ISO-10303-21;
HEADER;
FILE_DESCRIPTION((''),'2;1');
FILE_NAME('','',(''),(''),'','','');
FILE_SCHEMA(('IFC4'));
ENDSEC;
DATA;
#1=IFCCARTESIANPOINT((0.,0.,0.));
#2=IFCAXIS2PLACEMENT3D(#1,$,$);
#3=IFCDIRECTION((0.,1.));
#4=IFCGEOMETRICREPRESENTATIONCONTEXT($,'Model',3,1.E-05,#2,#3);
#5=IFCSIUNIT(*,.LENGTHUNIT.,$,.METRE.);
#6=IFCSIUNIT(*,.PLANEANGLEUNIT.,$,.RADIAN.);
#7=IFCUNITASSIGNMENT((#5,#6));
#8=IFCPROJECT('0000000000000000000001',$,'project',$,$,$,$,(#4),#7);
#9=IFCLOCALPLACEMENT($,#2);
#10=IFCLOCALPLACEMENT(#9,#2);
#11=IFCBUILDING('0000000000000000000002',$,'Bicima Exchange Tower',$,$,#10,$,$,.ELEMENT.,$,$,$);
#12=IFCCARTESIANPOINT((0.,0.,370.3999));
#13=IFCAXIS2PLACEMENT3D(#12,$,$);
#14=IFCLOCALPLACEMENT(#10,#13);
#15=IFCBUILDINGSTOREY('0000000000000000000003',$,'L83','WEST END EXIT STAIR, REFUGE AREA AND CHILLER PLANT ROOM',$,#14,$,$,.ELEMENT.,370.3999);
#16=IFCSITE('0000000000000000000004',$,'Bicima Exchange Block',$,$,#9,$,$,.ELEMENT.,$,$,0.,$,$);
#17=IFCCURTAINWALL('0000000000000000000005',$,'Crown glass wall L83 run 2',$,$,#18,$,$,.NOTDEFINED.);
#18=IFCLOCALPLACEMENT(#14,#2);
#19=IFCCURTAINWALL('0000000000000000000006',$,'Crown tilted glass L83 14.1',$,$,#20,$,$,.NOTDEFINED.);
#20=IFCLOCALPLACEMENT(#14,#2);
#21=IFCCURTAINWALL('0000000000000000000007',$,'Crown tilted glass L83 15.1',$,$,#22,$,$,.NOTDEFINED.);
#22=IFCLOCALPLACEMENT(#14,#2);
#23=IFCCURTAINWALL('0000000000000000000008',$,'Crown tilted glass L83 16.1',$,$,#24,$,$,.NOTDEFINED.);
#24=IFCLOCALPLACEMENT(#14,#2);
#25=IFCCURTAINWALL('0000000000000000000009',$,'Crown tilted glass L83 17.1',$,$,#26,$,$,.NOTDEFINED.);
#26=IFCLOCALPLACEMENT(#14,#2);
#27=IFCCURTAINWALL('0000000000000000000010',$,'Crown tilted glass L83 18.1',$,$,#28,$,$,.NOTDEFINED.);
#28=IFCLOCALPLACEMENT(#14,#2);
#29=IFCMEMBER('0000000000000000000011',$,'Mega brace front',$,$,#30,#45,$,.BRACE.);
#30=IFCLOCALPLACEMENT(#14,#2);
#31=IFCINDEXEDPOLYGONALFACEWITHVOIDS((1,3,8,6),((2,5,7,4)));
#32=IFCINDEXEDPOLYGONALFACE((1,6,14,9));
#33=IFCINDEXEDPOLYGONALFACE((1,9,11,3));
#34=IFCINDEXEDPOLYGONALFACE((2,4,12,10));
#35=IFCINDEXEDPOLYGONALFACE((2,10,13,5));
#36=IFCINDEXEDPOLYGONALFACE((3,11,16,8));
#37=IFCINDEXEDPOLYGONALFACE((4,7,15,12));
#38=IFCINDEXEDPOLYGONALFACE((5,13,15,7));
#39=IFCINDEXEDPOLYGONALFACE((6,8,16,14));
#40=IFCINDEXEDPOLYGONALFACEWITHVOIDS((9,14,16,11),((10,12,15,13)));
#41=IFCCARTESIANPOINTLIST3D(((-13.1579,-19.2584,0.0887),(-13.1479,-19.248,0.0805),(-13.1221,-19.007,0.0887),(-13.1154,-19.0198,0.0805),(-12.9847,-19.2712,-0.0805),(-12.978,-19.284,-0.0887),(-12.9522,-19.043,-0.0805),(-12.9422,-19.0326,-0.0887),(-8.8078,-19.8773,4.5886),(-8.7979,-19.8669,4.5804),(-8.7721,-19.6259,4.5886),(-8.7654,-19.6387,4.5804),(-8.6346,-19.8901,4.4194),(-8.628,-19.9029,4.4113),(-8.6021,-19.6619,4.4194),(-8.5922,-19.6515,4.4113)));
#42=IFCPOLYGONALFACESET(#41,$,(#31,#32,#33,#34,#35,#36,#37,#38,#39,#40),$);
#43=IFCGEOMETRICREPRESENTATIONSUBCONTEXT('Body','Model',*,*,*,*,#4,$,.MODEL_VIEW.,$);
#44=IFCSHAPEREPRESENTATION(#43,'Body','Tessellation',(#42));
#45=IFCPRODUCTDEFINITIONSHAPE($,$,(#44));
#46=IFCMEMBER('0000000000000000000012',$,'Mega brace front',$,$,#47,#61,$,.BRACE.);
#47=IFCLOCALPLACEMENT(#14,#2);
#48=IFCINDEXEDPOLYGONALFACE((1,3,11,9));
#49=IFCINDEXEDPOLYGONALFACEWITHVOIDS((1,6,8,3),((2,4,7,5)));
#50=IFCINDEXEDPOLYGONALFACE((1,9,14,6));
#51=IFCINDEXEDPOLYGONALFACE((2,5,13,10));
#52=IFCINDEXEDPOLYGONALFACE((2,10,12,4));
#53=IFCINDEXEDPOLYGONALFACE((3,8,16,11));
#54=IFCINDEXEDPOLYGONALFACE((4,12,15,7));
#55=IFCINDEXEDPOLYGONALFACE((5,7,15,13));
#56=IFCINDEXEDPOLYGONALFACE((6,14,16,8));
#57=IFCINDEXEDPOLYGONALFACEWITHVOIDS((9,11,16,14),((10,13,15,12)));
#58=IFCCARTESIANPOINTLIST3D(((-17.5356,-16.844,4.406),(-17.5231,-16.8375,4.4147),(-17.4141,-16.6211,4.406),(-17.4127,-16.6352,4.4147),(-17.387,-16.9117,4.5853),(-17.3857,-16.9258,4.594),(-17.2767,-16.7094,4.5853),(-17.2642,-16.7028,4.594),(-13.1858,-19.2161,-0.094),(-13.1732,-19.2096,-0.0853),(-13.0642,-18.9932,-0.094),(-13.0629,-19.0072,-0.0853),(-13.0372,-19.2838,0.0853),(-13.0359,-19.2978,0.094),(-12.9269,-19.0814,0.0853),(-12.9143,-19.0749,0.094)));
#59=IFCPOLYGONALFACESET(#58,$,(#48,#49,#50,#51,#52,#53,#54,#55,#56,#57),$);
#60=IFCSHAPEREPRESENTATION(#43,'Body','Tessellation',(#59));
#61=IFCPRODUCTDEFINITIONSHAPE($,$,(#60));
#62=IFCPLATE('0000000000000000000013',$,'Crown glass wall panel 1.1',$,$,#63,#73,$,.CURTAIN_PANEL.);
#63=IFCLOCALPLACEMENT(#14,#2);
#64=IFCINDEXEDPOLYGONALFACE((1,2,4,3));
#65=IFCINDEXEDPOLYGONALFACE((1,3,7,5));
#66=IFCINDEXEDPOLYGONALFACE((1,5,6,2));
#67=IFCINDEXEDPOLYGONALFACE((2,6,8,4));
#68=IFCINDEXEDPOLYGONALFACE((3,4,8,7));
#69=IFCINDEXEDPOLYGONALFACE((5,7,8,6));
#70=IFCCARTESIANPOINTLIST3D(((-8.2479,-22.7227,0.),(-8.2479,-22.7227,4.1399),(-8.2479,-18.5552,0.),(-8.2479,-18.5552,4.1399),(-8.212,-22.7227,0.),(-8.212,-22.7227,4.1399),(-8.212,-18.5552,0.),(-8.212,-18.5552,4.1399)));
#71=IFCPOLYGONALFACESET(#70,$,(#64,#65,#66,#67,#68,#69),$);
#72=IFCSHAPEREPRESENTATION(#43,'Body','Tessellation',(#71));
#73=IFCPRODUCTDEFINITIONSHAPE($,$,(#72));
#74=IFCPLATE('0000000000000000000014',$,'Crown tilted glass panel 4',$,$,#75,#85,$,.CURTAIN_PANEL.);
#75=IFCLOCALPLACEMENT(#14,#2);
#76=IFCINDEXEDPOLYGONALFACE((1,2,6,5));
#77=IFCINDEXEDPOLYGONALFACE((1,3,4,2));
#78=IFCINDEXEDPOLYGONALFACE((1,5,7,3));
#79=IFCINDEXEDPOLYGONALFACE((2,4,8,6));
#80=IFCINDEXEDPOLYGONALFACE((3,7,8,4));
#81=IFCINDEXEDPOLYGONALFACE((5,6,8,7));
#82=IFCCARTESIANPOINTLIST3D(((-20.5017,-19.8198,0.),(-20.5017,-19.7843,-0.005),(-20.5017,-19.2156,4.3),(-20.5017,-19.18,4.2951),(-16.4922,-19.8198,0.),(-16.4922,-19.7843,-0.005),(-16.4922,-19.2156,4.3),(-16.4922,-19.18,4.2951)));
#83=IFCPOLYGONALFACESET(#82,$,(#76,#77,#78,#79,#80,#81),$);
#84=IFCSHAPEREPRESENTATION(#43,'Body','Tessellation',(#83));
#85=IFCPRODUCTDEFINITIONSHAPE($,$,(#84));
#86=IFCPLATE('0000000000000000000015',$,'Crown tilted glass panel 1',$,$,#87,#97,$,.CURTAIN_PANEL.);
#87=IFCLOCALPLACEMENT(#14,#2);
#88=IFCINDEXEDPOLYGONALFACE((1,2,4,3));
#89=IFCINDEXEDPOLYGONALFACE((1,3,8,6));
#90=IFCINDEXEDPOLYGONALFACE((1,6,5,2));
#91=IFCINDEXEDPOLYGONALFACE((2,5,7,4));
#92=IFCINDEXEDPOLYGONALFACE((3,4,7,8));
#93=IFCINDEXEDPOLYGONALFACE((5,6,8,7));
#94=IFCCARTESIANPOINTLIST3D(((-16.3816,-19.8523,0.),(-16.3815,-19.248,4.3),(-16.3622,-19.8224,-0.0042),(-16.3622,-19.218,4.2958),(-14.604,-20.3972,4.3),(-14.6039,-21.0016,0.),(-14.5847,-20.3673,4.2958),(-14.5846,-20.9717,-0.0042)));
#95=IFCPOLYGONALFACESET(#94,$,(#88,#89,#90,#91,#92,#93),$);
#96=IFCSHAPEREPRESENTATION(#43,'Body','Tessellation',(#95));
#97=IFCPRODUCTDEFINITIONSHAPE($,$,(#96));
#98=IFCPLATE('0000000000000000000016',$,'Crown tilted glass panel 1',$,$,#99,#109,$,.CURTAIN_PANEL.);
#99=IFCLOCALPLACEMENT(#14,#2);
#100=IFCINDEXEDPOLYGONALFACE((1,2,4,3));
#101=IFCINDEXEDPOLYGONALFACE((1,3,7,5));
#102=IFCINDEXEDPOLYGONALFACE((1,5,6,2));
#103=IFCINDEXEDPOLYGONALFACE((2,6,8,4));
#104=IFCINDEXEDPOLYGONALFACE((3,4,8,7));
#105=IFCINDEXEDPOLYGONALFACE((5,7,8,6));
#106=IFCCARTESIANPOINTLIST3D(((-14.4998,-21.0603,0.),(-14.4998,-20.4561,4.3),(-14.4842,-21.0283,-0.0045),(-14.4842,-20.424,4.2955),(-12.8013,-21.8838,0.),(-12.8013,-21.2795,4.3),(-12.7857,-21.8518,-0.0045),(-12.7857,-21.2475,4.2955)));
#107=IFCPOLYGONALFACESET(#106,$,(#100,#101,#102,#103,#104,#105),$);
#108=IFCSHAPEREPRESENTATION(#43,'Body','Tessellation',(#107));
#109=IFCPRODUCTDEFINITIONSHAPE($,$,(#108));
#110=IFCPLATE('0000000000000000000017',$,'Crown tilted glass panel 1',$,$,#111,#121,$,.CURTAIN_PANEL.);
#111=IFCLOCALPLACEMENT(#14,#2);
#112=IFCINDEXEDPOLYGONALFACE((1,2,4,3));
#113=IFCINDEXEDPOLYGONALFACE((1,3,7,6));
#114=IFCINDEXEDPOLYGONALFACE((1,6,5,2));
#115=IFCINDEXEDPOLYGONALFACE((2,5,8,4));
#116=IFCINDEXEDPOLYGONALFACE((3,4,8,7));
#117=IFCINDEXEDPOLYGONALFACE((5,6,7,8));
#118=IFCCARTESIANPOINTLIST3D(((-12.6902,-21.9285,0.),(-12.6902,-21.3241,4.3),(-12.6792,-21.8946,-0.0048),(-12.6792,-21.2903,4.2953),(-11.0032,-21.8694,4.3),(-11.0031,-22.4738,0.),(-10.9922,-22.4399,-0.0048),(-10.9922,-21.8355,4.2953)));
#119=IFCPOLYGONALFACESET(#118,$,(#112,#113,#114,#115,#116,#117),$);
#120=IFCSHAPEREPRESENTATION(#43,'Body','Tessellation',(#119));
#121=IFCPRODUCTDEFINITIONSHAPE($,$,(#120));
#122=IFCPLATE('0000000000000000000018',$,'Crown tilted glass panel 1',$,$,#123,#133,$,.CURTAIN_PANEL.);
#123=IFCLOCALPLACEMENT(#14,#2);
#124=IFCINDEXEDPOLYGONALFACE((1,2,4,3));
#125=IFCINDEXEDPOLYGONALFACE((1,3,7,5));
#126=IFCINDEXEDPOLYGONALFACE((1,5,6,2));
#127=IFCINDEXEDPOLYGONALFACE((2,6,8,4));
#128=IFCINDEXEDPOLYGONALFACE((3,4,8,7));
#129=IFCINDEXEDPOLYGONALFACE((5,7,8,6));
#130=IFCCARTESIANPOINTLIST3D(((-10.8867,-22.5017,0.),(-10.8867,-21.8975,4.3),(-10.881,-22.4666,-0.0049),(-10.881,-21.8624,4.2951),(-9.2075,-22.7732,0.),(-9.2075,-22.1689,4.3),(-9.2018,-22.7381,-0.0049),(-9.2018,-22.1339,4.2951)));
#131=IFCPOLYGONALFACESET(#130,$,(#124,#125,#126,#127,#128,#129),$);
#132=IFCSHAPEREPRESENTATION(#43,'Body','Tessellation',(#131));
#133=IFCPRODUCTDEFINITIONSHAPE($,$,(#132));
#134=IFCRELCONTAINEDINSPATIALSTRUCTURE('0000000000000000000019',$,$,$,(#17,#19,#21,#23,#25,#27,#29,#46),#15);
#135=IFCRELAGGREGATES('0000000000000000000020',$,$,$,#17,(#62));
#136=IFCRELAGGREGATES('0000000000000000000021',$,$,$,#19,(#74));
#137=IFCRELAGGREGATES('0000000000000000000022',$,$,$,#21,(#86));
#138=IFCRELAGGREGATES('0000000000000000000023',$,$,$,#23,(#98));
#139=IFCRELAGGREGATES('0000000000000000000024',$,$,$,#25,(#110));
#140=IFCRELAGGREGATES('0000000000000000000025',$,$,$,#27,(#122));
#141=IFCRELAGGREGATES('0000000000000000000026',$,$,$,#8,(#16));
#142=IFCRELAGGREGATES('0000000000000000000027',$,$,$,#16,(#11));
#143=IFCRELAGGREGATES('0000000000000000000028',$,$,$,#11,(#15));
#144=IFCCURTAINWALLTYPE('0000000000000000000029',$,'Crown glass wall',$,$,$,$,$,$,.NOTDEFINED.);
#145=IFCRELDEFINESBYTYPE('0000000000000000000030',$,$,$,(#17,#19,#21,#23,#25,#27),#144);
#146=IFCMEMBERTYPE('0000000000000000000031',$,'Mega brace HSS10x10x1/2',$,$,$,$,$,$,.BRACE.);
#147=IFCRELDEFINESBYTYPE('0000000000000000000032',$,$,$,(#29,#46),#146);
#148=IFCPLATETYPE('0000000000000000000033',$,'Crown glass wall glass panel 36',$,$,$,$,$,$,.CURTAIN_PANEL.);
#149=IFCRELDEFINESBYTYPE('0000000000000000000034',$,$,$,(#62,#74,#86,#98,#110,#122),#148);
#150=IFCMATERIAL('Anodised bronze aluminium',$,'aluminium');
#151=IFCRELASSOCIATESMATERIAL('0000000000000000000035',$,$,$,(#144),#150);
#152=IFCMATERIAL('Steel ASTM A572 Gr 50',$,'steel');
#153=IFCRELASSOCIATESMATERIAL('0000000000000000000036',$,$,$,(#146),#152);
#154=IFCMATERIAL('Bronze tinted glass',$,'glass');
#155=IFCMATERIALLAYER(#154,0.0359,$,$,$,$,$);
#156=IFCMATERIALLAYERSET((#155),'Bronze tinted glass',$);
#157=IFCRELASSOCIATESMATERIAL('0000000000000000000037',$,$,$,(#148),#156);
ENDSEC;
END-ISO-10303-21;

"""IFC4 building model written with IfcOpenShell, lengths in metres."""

from ifc_helpers import new_model, si_unit, direction, frame, origin, origin_2d, place, context, subcontext, project, spatial, polyline, rectangle, hollow_rectangle, outline, extrude, material, layer, layer_set, material_profile, profile_set, type_object, element, aggregate, save


model = new_model("IFC4")

# Units and contexts
model_context = context("Model", 3, precision=1e-05, world=origin(), true_north=direction((0.0, 1.0)))
body_context = subcontext(model_context, "Body", "Model", "MODEL_VIEW")
ifc_project = project(units=[si_unit("LENGTHUNIT", "METRE"), si_unit("PLANEANGLEUNIT", "RADIAN")], contexts=[model_context])

# Site, building, storey
site_placement = place(None, origin())
site = spatial("IfcSite", under=ifc_project, at=site_placement, Name="Bicima Exchange Block", CompositionType="ELEMENT", RefElevation=0.0)
building_placement = place(site_placement, origin())
building = spatial("IfcBuilding", under=site, at=building_placement, Name="Bicima Exchange Tower", CompositionType="ELEMENT")
storey_placement = place(building_placement, frame((0.0, 0.0, 370.3999)))
storey = spatial("IfcBuildingStorey", under=building, at=storey_placement, Name="L83", Description="WEST END EXIT STAIR, REFUGE AREA AND CHILLER PLANT ROOM", CompositionType="ELEMENT", Elevation=370.3999)

# Curtain wall
ifc_material_1 = material(Name="Anodised bronze aluminium", Category="aluminium")
curtain_wall_type = type_object("IfcCurtainWallType", Name="Crown glass wall", PredefinedType="NOTDEFINED", material=ifc_material_1)
curtain_wall_1_placement = place(storey_placement, origin())
curtain_wall_1 = element("IfcCurtainWall", 1, at=curtain_wall_1_placement, inside=storey, type_object=curtain_wall_type, Name="Crown glass wall L83 run 2", PredefinedType="NOTDEFINED")

# Curtain walls
curtain_wall_2_placement = place(storey_placement, origin())
curtain_wall_2 = element("IfcCurtainWall", 2, at=curtain_wall_2_placement, inside=storey, type_object=curtain_wall_type, Name="Crown tilted glass L83 14.1", PredefinedType="NOTDEFINED")
curtain_wall_3_placement = place(storey_placement, origin())
curtain_wall_3 = element("IfcCurtainWall", 3, at=curtain_wall_3_placement, inside=storey, type_object=curtain_wall_type, Name="Crown tilted glass L83 15.1", PredefinedType="NOTDEFINED")
curtain_wall_4_placement = place(storey_placement, origin())
curtain_wall_4 = element("IfcCurtainWall", 4, at=curtain_wall_4_placement, inside=storey, type_object=curtain_wall_type, Name="Crown tilted glass L83 16.1", PredefinedType="NOTDEFINED")
curtain_wall_5_placement = place(storey_placement, origin())
curtain_wall_5 = element("IfcCurtainWall", 5, at=curtain_wall_5_placement, inside=storey, type_object=curtain_wall_type, Name="Crown tilted glass L83 17.1", PredefinedType="NOTDEFINED")
curtain_wall_6_placement = place(storey_placement, origin())
curtain_wall_6 = element("IfcCurtainWall", 6, at=curtain_wall_6_placement, inside=storey, type_object=curtain_wall_type, Name="Crown tilted glass L83 18.1", PredefinedType="NOTDEFINED")

# Members
ifc_material_2 = material(Name="Steel ASTM A572 Gr 50", Category="steel")
ifc_material_profile_1 = material_profile(ifc_material_2, hollow_rectangle(XDim=0.2539, YDim=0.2539, WallThickness=0.0117, at=origin_2d()))
ifc_profile_set_1 = profile_set([ifc_material_profile_1], Name="Steel ASTM A572 Gr 50")
member_type_1 = type_object("IfcMemberType", Name="Mega brace HSS10x10x1/2", PredefinedType="BRACE", material=ifc_profile_set_1)
member_1_placement = place(storey_placement, frame((-13.05, -19.1455, 0.0), z_axis=(0.691657, -0.098403, 0.715491), x_axis=(0.140853, 0.99003, 0.0)))
element("IfcMember", 7, at=member_1_placement, inside=storey, type_object=member_type_1, Name="Mega brace front", PredefinedType="BRACE", context=body_context, shape_type="SweptSolid", body=[
    extrude(hollow_rectangle(XDim=0.2539, YDim=0.2539, WallThickness=0.0117, at=origin_2d()), origin(), (0.0, 0.0, 1.0), 6.2893),
])
member_2_placement = place(storey_placement, frame((-13.05, -19.1455, 0.0), z_axis=(-0.649899, 0.354404, 0.672332), x_axis=(-0.478762, -0.877945, 0.0)))
element("IfcMember", 8, at=member_2_placement, inside=storey, type_object=member_type_1, Name="Mega brace front", PredefinedType="BRACE", context=body_context, shape_type="SweptSolid", body=[
    extrude(hollow_rectangle(XDim=0.2539, YDim=0.2539, WallThickness=0.0117, at=origin_2d()), origin(), (0.0, 0.0, 1.0), 6.6931),
])

# Plates
ifc_material_3 = material(Name="Bronze tinted glass", Category="glass")
ifc_layer = layer(ifc_material_3, 0.0359)
ifc_layer_set = layer_set([ifc_layer], Name="Bronze tinted glass")
plate_type = type_object("IfcPlateType", Name="Crown glass wall glass panel 36", PredefinedType="CURTAIN_PANEL", material=ifc_layer_set)
plate_1_placement = place(storey_placement, frame((-8.23, -20.6389, 0.0), z_axis=(0.0, 0.0, 1.0), x_axis=(0.0, 1.0, 0.0)))
plate_1 = element("IfcPlate", 9, at=plate_1_placement, type_object=plate_type, Name="Crown glass wall panel 1.1", PredefinedType="CURTAIN_PANEL", context=body_context, shape_type="SweptSolid", body=[
    extrude(rectangle(XDim=4.1675, YDim=0.0359, at=origin_2d()), origin(), (0.0, 0.0, 1.0), 4.1399),
])
aggregate(curtain_wall_1, [plate_1])
plate_2_placement = place(storey_placement, frame((-20.5017, -19.8198, 0.0), z_axis=(0.0, -0.990271, 0.139154), x_axis=(1.0, 0.0, 0.0)))
plate_2 = element("IfcPlate", 10, at=plate_2_placement, type_object=plate_type, Name="Crown tilted glass panel 4", PredefinedType="CURTAIN_PANEL", context=body_context, shape_type="SweptSolid", body=[
    extrude(outline(polyline([(0.0, 0.0), (4.0095, 0.0), (4.0095, 4.3423), (0.0, 4.3423), (0.0, 0.0)])), origin(), (0.0, 0.0, -1.0), 0.0359),
])
aggregate(curtain_wall_2, [plate_2])
plate_3_placement = place(storey_placement, frame((-16.3816, -19.8523, 0.0), z_axis=(-0.539205, -0.833978, 0.117215), x_axis=(0.839766, -0.542948, -0.000006)))
plate_3 = element("IfcPlate", 11, at=plate_3_placement, type_object=plate_type, Name="Crown tilted glass panel 1", PredefinedType="CURTAIN_PANEL", context=body_context, shape_type="SweptSolid", body=[
    extrude(outline(polyline([(0.0, 0.0), (2.1168, 0.0), (1.7886, 4.3299), (-0.3281, 4.3299), (0.0, 0.0)])), origin(), (0.0, 0.0, -1.0), 0.0359),
])
aggregate(curtain_wall_3, [plate_3])
plate_4_placement = place(storey_placement, frame((-14.4998, -21.0603, 0.0), z_axis=(-0.432818, -0.892711, 0.125445), x_axis=(0.899819, -0.436264, 0.0)))
plate_4 = element("IfcPlate", 12, at=plate_4_placement, type_object=plate_type, Name="Crown tilted glass panel 1", PredefinedType="CURTAIN_PANEL", context=body_context, shape_type="SweptSolid", body=[
    extrude(outline(polyline([(0.0, 0.0), (1.8876, 0.0), (1.624, 4.3343), (-0.2636, 4.3343), (0.0, 0.0)])), origin(), (0.0, 0.0, -1.0), 0.0359),
])
aggregate(curtain_wall_4, [plate_4])
plate_5_placement = place(storey_placement, frame((-12.6902, -21.9285, 0.0), z_axis=(-0.304846, -0.943132, 0.132557), x_axis=(0.951528, -0.307561, -0.000009)))
plate_5 = element("IfcPlate", 13, at=plate_5_placement, type_object=plate_type, Name="Crown tilted glass panel 1", PredefinedType="CURTAIN_PANEL", context=body_context, shape_type="SweptSolid", body=[
    extrude(outline(polyline([(0.0, 0.0), (1.773, 0.0), (1.587, 4.3383), (-0.1859, 4.3383), (0.0, 0.0)])), origin(), (0.0, 0.0, -1.0), 0.0359),
])
aggregate(curtain_wall_5, [plate_5])
plate_6_placement = place(storey_placement, frame((-10.8867, -22.5017, 0.0), z_axis=(-0.158089, -0.977818, 0.137404), x_axis=(0.987181, -0.159602, 0.0)))
plate_6 = element("IfcPlate", 14, at=plate_6_placement, type_object=plate_type, Name="Crown tilted glass panel 1", PredefinedType="CURTAIN_PANEL", context=body_context, shape_type="SweptSolid", body=[
    extrude(outline(polyline([(0.0, 0.0), (1.701, 0.0), (1.6046, 4.3412), (-0.0964, 4.3412), (0.0, 0.0)])), origin(), (0.0, 0.0, -1.0), 0.0359),
])
aggregate(curtain_wall_6, [plate_6])

save(model, "model.ifc")
